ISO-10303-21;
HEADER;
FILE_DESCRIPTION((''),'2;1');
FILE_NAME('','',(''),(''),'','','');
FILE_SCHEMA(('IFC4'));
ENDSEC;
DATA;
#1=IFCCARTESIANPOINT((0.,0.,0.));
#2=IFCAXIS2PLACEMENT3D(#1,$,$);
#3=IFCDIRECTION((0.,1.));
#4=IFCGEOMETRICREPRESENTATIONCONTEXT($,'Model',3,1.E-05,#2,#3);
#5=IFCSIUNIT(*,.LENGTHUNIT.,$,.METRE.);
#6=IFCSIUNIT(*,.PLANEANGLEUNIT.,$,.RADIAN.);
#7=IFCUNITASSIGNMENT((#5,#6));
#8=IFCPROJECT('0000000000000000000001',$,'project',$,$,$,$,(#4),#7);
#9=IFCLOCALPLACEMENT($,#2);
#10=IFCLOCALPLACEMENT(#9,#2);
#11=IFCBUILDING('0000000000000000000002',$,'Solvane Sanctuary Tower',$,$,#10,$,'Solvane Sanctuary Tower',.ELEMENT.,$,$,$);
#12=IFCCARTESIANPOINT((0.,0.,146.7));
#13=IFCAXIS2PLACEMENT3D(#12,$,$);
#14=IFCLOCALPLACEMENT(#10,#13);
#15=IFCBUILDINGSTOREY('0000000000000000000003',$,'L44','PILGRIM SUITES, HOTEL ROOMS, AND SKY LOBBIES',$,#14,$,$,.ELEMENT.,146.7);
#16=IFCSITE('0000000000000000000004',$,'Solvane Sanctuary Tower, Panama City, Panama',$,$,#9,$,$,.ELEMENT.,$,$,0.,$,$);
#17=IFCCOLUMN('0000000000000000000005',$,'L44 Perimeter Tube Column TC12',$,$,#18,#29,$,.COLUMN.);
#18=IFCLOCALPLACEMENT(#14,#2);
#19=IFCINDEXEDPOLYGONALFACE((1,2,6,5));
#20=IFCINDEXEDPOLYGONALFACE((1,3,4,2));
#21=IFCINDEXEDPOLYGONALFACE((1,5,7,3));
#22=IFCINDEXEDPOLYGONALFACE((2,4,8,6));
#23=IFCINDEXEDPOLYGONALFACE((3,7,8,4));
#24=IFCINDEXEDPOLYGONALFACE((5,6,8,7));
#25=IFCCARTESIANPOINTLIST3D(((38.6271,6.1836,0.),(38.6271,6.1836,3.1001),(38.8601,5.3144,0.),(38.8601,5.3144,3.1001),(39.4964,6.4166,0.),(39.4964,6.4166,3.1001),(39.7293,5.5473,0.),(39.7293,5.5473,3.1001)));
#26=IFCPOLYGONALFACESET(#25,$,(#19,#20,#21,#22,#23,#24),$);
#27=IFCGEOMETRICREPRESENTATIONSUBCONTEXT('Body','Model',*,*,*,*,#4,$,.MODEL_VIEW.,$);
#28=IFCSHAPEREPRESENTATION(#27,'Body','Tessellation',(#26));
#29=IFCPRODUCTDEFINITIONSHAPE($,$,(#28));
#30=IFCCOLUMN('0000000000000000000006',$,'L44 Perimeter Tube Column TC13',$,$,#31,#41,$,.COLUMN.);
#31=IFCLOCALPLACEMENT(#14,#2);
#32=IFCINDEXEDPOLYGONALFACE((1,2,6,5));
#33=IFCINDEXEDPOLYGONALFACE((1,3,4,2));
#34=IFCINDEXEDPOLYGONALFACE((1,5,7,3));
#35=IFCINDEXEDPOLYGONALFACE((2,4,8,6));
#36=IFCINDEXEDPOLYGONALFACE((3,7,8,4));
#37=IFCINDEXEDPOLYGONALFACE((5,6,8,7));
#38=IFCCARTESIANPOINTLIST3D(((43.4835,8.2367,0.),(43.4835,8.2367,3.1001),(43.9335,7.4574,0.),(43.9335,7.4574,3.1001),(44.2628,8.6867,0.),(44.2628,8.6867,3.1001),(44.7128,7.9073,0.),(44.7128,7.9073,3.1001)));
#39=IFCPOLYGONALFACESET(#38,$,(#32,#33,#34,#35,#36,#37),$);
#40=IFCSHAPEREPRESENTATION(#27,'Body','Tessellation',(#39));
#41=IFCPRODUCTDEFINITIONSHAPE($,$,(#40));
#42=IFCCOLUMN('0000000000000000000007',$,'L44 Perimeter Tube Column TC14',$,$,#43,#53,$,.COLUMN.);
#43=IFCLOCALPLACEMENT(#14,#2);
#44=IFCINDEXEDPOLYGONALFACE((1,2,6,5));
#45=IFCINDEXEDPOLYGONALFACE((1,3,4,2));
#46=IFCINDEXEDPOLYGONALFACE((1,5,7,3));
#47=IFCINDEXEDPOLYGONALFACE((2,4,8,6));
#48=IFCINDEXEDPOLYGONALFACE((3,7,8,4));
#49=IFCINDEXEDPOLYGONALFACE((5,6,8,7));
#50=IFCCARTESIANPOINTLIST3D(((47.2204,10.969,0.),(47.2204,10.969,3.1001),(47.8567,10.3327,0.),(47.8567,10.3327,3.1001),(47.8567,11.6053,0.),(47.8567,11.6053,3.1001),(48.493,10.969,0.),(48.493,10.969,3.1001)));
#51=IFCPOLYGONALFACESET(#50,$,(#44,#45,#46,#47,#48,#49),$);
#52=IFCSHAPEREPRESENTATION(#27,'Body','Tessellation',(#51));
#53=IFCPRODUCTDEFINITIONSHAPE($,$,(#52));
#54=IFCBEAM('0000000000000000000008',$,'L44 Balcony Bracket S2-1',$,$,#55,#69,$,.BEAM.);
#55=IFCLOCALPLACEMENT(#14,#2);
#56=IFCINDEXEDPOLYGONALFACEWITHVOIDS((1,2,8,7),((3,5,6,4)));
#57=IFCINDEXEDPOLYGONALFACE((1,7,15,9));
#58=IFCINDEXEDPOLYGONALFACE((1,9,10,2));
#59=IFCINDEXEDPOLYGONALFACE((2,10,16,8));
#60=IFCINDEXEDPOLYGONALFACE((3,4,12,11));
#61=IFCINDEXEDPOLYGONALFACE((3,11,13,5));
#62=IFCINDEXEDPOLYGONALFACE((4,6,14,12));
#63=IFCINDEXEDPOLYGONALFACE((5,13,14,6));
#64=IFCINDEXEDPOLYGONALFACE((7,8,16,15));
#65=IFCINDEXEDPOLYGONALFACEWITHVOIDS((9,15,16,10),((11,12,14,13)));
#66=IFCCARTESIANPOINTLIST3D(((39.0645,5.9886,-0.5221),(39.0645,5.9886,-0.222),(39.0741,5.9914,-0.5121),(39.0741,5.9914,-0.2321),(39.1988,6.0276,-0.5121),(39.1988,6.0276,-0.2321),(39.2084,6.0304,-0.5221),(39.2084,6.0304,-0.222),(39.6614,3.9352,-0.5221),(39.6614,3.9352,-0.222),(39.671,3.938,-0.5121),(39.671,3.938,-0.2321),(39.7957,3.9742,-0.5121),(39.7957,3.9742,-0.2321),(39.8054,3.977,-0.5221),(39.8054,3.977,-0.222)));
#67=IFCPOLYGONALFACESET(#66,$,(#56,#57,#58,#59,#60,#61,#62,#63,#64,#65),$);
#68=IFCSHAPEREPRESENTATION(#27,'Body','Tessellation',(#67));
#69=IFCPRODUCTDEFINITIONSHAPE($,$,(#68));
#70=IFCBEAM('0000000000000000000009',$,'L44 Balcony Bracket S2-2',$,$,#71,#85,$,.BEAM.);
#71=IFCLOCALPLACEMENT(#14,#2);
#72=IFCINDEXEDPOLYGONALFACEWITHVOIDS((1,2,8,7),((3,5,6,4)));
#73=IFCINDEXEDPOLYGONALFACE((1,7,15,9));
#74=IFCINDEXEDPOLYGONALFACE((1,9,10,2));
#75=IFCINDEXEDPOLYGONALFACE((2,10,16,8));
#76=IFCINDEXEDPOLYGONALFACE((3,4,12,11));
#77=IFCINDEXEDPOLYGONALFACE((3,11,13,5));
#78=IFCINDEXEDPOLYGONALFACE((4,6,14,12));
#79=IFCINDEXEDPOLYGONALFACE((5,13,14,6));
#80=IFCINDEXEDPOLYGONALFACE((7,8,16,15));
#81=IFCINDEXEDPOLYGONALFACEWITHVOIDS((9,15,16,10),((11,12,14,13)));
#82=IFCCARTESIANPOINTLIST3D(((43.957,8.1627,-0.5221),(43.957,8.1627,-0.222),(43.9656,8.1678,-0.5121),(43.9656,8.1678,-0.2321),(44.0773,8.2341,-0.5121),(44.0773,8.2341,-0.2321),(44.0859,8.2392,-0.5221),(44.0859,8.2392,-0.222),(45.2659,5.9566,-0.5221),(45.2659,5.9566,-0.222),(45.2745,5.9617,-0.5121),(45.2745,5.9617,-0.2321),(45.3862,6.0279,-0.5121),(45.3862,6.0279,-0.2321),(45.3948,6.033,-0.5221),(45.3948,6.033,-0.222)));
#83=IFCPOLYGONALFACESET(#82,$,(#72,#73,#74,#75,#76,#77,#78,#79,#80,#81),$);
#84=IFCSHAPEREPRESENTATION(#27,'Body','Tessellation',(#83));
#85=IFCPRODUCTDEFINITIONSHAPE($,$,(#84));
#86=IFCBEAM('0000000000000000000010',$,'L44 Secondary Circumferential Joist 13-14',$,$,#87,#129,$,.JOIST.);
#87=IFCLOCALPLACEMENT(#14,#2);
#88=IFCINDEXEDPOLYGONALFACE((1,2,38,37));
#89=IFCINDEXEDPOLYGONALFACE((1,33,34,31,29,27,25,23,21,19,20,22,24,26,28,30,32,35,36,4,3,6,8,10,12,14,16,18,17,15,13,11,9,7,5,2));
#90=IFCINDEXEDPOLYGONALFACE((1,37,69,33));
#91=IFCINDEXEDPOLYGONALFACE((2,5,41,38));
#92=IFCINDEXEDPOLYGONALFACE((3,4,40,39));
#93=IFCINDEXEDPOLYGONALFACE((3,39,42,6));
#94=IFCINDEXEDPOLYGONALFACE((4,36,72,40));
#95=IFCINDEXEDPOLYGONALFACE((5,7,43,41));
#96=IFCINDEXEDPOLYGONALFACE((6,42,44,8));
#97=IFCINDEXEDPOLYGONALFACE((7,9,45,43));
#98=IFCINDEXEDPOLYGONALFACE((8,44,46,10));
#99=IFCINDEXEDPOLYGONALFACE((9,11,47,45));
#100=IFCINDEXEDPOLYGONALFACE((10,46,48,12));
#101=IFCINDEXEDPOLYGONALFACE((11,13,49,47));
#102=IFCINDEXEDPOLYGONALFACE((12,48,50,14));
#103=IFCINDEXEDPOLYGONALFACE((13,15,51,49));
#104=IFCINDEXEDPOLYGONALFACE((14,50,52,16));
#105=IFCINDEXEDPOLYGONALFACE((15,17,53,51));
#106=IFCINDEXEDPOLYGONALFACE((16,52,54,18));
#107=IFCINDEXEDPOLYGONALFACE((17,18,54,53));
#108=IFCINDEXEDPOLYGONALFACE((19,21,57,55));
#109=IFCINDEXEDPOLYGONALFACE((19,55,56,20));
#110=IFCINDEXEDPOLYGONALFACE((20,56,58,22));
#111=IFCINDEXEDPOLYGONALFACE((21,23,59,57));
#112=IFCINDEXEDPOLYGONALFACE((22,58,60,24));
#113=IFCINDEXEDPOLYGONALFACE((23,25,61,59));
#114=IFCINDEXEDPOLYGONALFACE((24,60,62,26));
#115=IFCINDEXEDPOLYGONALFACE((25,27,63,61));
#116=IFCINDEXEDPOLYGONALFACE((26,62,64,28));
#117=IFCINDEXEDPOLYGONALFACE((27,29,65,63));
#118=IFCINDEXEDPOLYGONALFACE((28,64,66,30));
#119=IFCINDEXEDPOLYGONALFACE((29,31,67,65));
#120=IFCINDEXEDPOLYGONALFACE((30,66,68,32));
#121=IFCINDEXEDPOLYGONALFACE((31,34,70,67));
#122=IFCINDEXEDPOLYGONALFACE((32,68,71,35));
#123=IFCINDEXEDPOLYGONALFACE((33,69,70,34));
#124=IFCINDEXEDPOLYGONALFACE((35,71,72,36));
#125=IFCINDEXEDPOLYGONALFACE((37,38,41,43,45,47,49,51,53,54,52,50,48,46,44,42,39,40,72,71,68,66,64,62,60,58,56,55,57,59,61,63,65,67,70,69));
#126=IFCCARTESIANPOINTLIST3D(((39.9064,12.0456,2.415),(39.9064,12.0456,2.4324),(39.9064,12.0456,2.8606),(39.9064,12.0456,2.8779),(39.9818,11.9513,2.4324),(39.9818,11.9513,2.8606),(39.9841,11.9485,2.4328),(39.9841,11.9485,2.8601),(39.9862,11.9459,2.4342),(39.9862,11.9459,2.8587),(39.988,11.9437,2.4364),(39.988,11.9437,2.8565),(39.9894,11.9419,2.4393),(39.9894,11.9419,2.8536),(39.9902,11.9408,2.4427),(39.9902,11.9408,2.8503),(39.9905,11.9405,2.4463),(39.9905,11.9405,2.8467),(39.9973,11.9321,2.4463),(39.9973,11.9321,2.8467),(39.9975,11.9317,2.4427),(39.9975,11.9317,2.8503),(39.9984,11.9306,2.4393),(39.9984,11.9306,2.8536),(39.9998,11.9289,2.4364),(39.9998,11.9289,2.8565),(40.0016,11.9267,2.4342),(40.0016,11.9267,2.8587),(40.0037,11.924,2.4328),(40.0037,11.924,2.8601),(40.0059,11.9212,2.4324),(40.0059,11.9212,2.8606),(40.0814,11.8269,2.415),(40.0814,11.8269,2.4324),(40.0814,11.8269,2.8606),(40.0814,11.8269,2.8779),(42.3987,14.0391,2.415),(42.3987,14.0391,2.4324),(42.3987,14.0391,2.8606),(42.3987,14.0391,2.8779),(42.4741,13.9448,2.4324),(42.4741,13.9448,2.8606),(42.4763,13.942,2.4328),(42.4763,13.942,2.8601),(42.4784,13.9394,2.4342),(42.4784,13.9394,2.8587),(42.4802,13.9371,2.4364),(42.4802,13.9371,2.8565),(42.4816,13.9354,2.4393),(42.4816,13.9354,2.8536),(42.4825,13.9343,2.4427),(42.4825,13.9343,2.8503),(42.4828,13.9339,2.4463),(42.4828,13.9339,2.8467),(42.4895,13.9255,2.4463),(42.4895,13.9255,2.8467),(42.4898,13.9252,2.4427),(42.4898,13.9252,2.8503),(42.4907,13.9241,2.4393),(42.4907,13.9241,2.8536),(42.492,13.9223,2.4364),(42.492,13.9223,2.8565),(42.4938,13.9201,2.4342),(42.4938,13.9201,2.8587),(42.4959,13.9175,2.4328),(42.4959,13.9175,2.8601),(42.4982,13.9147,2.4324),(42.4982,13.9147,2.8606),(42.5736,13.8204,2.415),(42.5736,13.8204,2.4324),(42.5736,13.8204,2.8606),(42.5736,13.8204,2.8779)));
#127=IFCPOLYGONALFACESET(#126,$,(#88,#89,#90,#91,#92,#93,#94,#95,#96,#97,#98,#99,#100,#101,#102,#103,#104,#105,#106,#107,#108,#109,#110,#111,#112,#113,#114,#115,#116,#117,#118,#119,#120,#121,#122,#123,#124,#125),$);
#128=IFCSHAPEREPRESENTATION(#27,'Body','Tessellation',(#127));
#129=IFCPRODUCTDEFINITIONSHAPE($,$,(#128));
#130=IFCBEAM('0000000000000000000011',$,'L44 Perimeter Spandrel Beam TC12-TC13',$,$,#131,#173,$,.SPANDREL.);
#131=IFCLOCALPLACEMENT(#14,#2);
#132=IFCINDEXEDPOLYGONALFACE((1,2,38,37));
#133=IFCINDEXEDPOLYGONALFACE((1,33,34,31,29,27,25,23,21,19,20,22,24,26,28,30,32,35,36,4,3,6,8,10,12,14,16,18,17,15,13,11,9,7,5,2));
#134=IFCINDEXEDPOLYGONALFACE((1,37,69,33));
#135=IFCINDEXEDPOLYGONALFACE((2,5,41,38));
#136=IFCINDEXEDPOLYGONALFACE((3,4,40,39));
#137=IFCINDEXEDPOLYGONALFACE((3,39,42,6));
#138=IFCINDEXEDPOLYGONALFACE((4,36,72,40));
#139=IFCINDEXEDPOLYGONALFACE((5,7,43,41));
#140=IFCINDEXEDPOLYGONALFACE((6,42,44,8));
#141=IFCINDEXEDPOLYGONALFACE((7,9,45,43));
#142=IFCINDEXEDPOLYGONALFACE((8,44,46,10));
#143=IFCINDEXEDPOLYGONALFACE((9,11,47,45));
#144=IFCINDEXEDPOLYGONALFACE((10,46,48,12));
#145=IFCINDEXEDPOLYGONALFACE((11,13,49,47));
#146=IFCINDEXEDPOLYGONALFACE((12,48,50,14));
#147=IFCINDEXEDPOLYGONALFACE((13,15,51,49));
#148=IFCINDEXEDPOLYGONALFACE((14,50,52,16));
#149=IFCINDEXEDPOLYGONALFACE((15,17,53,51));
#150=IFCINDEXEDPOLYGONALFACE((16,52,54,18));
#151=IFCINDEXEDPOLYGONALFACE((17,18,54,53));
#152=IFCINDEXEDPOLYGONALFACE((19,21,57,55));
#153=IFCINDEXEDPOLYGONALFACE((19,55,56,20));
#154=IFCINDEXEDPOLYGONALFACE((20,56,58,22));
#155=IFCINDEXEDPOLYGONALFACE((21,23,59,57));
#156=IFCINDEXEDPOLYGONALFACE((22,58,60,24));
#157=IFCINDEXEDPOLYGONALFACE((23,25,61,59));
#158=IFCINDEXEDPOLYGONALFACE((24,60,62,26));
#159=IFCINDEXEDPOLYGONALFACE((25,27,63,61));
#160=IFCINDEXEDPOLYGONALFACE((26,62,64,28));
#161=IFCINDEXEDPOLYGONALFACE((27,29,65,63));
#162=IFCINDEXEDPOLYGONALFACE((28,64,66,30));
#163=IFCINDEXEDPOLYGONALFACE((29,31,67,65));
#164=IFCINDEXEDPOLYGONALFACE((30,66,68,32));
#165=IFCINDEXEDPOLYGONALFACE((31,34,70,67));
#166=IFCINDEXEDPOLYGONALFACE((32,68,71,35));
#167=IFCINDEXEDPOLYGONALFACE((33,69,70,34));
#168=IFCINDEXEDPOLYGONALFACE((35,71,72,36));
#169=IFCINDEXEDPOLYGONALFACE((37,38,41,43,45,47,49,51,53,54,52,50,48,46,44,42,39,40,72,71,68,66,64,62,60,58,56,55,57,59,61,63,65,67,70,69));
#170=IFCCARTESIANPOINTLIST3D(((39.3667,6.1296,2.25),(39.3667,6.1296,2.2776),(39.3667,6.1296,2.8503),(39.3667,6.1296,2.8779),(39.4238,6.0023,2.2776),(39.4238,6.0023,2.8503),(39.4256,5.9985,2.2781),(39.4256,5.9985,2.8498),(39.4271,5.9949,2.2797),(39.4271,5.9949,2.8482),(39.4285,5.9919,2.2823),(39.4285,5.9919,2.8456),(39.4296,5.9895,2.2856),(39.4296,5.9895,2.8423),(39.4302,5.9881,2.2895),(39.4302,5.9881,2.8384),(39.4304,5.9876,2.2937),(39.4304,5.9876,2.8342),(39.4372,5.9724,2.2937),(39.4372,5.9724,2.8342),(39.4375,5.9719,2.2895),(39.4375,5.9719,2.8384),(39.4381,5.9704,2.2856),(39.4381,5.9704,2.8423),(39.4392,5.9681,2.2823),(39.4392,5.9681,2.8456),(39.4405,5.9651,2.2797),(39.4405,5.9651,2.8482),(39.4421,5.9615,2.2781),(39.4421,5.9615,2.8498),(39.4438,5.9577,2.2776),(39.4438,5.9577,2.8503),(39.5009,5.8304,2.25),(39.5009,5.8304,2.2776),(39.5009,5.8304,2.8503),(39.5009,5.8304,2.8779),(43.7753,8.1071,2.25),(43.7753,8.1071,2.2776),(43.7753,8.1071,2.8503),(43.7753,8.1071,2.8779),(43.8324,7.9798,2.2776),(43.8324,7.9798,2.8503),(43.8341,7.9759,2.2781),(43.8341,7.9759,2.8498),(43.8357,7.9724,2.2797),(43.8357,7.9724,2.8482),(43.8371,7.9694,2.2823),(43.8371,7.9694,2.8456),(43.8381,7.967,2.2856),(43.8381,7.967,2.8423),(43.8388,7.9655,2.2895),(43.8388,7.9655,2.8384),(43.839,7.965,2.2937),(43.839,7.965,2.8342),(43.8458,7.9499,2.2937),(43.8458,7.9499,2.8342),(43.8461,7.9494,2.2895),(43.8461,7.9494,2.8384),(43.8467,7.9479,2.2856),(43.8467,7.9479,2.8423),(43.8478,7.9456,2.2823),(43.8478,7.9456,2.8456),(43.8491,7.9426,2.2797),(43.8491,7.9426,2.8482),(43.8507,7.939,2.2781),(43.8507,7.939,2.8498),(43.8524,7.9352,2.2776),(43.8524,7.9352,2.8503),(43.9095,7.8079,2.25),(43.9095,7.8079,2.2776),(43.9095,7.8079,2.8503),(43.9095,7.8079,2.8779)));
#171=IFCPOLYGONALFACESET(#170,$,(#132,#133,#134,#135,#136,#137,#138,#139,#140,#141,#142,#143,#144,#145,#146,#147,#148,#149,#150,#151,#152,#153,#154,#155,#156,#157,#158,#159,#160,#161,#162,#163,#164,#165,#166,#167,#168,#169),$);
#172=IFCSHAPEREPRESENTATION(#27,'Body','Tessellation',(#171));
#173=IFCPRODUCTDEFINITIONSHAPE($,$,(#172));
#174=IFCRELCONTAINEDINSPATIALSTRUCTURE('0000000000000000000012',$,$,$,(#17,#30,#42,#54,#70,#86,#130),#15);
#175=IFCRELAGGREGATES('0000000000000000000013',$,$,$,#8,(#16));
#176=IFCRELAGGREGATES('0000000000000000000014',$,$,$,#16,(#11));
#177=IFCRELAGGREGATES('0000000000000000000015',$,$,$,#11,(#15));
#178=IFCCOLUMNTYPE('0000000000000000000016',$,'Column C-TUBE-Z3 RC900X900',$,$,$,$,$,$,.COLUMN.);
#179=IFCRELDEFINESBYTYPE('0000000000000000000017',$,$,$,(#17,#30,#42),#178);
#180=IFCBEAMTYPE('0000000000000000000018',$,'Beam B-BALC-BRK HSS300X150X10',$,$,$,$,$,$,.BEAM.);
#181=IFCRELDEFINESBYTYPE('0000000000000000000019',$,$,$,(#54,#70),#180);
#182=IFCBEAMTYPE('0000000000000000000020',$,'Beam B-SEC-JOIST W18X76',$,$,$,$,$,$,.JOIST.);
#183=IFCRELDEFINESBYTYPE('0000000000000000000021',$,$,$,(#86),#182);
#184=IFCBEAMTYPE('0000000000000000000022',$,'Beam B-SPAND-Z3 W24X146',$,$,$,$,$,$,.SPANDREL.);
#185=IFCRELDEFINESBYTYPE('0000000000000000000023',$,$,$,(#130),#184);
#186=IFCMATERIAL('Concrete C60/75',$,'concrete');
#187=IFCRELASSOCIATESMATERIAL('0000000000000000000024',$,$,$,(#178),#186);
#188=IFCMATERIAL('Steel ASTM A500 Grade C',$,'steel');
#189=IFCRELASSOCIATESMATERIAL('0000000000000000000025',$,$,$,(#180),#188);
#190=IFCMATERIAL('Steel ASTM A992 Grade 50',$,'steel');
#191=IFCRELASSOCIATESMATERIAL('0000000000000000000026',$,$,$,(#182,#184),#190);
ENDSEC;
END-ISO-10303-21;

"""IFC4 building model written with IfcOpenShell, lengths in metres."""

from ifc_helpers import new_model, si_unit, direction, frame, origin, origin_2d, place, context, subcontext, project, spatial, rectangle, hollow_rectangle, i_section, extrude, material, material_profile, profile_set, type_object, element, save


model = new_model("IFC4")

# Units and contexts
model_context = context("Model", 3, precision=1e-05, world=origin(), true_north=direction((0.0, 1.0)))
body_context = subcontext(model_context, "Body", "Model", "MODEL_VIEW")
ifc_project = project(units=[si_unit("LENGTHUNIT", "METRE"), si_unit("PLANEANGLEUNIT", "RADIAN")], contexts=[model_context])

# Site, building, storey
site_placement = place(None, origin())
site = spatial("IfcSite", under=ifc_project, at=site_placement, Name="Solvane Sanctuary Tower, Panama City, Panama", CompositionType="ELEMENT", RefElevation=0.0)
building_placement = place(site_placement, origin())
building = spatial("IfcBuilding", under=site, at=building_placement, Name="Solvane Sanctuary Tower", LongName="Solvane Sanctuary Tower", CompositionType="ELEMENT")
storey_placement = place(building_placement, frame((0.0, 0.0, 146.7)))
storey = spatial("IfcBuildingStorey", under=building, at=storey_placement, Name="L44", Description="PILGRIM SUITES, HOTEL ROOMS, AND SKY LOBBIES", CompositionType="ELEMENT", Elevation=146.7)

# Columns
ifc_material_1 = material(Name="Concrete C60/75", Category="concrete")
ifc_material_profile_1 = material_profile(ifc_material_1, rectangle(XDim=0.8999, YDim=0.8999, at=origin_2d()), Name="RC900X900")
ifc_profile_set_1 = profile_set([ifc_material_profile_1], Name="Concrete C60/75")
column_type = type_object("IfcColumnType", Name="Column C-TUBE-Z3 RC900X900", PredefinedType="COLUMN", material=ifc_profile_set_1)
for number, where, z_axis, x_axis, name in (
    (1, (39.1782, 5.8655, 0.0), (0.0, 0.0, 1.0), (0.258819, -0.965926, 0.0), "L44 Perimeter Tube Column TC12"),
    (2, (44.0981, 8.072, 0.0), (0.0, 0.0, 1.0), (0.5, -0.866025, 0.0), "L44 Perimeter Tube Column TC13"),
    (3, (47.8567, 10.969, 0.0), (0.0, 0.0, 1.0), (0.707107, -0.707107, 0.0), "L44 Perimeter Tube Column TC14"),
):
    element("IfcColumn", number, at=place(storey_placement, frame(where, z_axis=z_axis, x_axis=x_axis)), inside=storey, type_object=column_type, Name=name, PredefinedType="COLUMN", context=body_context, shape_type="SweptSolid", body=[
        extrude(rectangle(XDim=0.8999, YDim=0.8999, at=origin_2d()), origin(), (0.0, 0.0, 1.0), 3.1001),
    ])

# Beams
ifc_material_2 = material(Name="Steel ASTM A500 Grade C", Category="steel")
ifc_material_profile_2 = material_profile(ifc_material_2, hollow_rectangle(XDim=0.1499, YDim=0.3, WallThickness=0.01, at=origin_2d()), Name="HSS300X150X10")
ifc_profile_set_2 = profile_set([ifc_material_profile_2], Name="Steel ASTM A500 Grade C")
beam_type_1 = type_object("IfcBeamType", Name="Beam B-BALC-BRK HSS300X150X10", PredefinedType="BEAM", material=ifc_profile_set_2)
beam_1_placement = place(storey_placement, frame((39.1365, 6.0095, -0.3721), z_axis=(0.279136, -0.960252, 0.0), x_axis=(0.960252, 0.279136, 0.0)))
element("IfcBeam", 4, at=beam_1_placement, inside=storey, type_object=beam_type_1, Name="L44 Balcony Bracket S2-1", PredefinedType="BEAM", context=body_context, shape_type="SweptSolid", body=[
    extrude(hollow_rectangle(XDim=0.1499, YDim=0.3, WallThickness=0.01, at=origin_2d()), origin(), (0.0, 0.0, 1.0), 2.1384),
])
beam_2_placement = place(storey_placement, frame((44.0215, 8.2009, -0.3721), z_axis=(0.510248, -0.860027, 0.0), x_axis=(0.860027, 0.510248, 0.0)))
element("IfcBeam", 5, at=beam_2_placement, inside=storey, type_object=beam_type_1, Name="L44 Balcony Bracket S2-2", PredefinedType="BEAM", context=body_context, shape_type="SweptSolid", body=[
    extrude(hollow_rectangle(XDim=0.1499, YDim=0.3, WallThickness=0.01, at=origin_2d()), origin(), (0.0, 0.0, 1.0), 2.5652),
])
ifc_material_3 = material(Name="Steel ASTM A992 Grade 50", Category="steel")
ifc_material_profile_3 = material_profile(ifc_material_3, i_section(OverallWidth=0.28, OverallDepth=0.4629, WebThickness=0.0107, FlangeThickness=0.0173, FilletRadius=0.0139, at=origin_2d()), Name="W18X76")
ifc_profile_set_3 = profile_set([ifc_material_profile_3], Name="Steel ASTM A992 Grade 50")
beam_type_2 = type_object("IfcBeamType", Name="Beam B-SEC-JOIST W18X76", PredefinedType="JOIST", material=ifc_profile_set_3)
beam_3_placement = place(storey_placement, frame((39.9939, 11.9363, 2.6465), z_axis=(0.780921, 0.62463, 0.0), x_axis=(-0.62463, 0.780921, 0.0)))
element("IfcBeam", 6, at=beam_3_placement, inside=storey, type_object=beam_type_2, Name="L44 Secondary Circumferential Joist 13-14", PredefinedType="JOIST", context=body_context, shape_type="SweptSolid", body=[
    extrude(i_section(OverallWidth=0.28, OverallDepth=0.4629, WebThickness=0.0107, FlangeThickness=0.0173, FilletRadius=0.0139, at=origin_2d()), origin(), (0.0, 0.0, 1.0), 3.1914),
])
ifc_material_profile_4 = material_profile(ifc_material_3, i_section(OverallWidth=0.3279, OverallDepth=0.6279, WebThickness=0.0166, FlangeThickness=0.0276, FilletRadius=0.0161, at=origin_2d()), Name="W24X146")
ifc_profile_set_4 = profile_set([ifc_material_profile_4], Name="Steel ASTM A992 Grade 50")
beam_type_3 = type_object("IfcBeamType", Name="Beam B-SPAND-Z3 W24X146", PredefinedType="SPANDREL", material=ifc_profile_set_4)
beam_4_placement = place(storey_placement, frame((39.4338, 5.98, 2.564), z_axis=(0.912414, 0.409268, 0.0), x_axis=(-0.409268, 0.912414, 0.0)))
element("IfcBeam", 7, at=beam_4_placement, inside=storey, type_object=beam_type_3, Name="L44 Perimeter Spandrel Beam TC12-TC13", PredefinedType="SPANDREL", context=body_context, shape_type="SweptSolid", body=[
    extrude(i_section(OverallWidth=0.3279, OverallDepth=0.6279, WebThickness=0.0166, FlangeThickness=0.0276, FilletRadius=0.0161, at=origin_2d()), origin(), (0.0, 0.0, 1.0), 4.8318),
])

save(model, "model.ifc")
